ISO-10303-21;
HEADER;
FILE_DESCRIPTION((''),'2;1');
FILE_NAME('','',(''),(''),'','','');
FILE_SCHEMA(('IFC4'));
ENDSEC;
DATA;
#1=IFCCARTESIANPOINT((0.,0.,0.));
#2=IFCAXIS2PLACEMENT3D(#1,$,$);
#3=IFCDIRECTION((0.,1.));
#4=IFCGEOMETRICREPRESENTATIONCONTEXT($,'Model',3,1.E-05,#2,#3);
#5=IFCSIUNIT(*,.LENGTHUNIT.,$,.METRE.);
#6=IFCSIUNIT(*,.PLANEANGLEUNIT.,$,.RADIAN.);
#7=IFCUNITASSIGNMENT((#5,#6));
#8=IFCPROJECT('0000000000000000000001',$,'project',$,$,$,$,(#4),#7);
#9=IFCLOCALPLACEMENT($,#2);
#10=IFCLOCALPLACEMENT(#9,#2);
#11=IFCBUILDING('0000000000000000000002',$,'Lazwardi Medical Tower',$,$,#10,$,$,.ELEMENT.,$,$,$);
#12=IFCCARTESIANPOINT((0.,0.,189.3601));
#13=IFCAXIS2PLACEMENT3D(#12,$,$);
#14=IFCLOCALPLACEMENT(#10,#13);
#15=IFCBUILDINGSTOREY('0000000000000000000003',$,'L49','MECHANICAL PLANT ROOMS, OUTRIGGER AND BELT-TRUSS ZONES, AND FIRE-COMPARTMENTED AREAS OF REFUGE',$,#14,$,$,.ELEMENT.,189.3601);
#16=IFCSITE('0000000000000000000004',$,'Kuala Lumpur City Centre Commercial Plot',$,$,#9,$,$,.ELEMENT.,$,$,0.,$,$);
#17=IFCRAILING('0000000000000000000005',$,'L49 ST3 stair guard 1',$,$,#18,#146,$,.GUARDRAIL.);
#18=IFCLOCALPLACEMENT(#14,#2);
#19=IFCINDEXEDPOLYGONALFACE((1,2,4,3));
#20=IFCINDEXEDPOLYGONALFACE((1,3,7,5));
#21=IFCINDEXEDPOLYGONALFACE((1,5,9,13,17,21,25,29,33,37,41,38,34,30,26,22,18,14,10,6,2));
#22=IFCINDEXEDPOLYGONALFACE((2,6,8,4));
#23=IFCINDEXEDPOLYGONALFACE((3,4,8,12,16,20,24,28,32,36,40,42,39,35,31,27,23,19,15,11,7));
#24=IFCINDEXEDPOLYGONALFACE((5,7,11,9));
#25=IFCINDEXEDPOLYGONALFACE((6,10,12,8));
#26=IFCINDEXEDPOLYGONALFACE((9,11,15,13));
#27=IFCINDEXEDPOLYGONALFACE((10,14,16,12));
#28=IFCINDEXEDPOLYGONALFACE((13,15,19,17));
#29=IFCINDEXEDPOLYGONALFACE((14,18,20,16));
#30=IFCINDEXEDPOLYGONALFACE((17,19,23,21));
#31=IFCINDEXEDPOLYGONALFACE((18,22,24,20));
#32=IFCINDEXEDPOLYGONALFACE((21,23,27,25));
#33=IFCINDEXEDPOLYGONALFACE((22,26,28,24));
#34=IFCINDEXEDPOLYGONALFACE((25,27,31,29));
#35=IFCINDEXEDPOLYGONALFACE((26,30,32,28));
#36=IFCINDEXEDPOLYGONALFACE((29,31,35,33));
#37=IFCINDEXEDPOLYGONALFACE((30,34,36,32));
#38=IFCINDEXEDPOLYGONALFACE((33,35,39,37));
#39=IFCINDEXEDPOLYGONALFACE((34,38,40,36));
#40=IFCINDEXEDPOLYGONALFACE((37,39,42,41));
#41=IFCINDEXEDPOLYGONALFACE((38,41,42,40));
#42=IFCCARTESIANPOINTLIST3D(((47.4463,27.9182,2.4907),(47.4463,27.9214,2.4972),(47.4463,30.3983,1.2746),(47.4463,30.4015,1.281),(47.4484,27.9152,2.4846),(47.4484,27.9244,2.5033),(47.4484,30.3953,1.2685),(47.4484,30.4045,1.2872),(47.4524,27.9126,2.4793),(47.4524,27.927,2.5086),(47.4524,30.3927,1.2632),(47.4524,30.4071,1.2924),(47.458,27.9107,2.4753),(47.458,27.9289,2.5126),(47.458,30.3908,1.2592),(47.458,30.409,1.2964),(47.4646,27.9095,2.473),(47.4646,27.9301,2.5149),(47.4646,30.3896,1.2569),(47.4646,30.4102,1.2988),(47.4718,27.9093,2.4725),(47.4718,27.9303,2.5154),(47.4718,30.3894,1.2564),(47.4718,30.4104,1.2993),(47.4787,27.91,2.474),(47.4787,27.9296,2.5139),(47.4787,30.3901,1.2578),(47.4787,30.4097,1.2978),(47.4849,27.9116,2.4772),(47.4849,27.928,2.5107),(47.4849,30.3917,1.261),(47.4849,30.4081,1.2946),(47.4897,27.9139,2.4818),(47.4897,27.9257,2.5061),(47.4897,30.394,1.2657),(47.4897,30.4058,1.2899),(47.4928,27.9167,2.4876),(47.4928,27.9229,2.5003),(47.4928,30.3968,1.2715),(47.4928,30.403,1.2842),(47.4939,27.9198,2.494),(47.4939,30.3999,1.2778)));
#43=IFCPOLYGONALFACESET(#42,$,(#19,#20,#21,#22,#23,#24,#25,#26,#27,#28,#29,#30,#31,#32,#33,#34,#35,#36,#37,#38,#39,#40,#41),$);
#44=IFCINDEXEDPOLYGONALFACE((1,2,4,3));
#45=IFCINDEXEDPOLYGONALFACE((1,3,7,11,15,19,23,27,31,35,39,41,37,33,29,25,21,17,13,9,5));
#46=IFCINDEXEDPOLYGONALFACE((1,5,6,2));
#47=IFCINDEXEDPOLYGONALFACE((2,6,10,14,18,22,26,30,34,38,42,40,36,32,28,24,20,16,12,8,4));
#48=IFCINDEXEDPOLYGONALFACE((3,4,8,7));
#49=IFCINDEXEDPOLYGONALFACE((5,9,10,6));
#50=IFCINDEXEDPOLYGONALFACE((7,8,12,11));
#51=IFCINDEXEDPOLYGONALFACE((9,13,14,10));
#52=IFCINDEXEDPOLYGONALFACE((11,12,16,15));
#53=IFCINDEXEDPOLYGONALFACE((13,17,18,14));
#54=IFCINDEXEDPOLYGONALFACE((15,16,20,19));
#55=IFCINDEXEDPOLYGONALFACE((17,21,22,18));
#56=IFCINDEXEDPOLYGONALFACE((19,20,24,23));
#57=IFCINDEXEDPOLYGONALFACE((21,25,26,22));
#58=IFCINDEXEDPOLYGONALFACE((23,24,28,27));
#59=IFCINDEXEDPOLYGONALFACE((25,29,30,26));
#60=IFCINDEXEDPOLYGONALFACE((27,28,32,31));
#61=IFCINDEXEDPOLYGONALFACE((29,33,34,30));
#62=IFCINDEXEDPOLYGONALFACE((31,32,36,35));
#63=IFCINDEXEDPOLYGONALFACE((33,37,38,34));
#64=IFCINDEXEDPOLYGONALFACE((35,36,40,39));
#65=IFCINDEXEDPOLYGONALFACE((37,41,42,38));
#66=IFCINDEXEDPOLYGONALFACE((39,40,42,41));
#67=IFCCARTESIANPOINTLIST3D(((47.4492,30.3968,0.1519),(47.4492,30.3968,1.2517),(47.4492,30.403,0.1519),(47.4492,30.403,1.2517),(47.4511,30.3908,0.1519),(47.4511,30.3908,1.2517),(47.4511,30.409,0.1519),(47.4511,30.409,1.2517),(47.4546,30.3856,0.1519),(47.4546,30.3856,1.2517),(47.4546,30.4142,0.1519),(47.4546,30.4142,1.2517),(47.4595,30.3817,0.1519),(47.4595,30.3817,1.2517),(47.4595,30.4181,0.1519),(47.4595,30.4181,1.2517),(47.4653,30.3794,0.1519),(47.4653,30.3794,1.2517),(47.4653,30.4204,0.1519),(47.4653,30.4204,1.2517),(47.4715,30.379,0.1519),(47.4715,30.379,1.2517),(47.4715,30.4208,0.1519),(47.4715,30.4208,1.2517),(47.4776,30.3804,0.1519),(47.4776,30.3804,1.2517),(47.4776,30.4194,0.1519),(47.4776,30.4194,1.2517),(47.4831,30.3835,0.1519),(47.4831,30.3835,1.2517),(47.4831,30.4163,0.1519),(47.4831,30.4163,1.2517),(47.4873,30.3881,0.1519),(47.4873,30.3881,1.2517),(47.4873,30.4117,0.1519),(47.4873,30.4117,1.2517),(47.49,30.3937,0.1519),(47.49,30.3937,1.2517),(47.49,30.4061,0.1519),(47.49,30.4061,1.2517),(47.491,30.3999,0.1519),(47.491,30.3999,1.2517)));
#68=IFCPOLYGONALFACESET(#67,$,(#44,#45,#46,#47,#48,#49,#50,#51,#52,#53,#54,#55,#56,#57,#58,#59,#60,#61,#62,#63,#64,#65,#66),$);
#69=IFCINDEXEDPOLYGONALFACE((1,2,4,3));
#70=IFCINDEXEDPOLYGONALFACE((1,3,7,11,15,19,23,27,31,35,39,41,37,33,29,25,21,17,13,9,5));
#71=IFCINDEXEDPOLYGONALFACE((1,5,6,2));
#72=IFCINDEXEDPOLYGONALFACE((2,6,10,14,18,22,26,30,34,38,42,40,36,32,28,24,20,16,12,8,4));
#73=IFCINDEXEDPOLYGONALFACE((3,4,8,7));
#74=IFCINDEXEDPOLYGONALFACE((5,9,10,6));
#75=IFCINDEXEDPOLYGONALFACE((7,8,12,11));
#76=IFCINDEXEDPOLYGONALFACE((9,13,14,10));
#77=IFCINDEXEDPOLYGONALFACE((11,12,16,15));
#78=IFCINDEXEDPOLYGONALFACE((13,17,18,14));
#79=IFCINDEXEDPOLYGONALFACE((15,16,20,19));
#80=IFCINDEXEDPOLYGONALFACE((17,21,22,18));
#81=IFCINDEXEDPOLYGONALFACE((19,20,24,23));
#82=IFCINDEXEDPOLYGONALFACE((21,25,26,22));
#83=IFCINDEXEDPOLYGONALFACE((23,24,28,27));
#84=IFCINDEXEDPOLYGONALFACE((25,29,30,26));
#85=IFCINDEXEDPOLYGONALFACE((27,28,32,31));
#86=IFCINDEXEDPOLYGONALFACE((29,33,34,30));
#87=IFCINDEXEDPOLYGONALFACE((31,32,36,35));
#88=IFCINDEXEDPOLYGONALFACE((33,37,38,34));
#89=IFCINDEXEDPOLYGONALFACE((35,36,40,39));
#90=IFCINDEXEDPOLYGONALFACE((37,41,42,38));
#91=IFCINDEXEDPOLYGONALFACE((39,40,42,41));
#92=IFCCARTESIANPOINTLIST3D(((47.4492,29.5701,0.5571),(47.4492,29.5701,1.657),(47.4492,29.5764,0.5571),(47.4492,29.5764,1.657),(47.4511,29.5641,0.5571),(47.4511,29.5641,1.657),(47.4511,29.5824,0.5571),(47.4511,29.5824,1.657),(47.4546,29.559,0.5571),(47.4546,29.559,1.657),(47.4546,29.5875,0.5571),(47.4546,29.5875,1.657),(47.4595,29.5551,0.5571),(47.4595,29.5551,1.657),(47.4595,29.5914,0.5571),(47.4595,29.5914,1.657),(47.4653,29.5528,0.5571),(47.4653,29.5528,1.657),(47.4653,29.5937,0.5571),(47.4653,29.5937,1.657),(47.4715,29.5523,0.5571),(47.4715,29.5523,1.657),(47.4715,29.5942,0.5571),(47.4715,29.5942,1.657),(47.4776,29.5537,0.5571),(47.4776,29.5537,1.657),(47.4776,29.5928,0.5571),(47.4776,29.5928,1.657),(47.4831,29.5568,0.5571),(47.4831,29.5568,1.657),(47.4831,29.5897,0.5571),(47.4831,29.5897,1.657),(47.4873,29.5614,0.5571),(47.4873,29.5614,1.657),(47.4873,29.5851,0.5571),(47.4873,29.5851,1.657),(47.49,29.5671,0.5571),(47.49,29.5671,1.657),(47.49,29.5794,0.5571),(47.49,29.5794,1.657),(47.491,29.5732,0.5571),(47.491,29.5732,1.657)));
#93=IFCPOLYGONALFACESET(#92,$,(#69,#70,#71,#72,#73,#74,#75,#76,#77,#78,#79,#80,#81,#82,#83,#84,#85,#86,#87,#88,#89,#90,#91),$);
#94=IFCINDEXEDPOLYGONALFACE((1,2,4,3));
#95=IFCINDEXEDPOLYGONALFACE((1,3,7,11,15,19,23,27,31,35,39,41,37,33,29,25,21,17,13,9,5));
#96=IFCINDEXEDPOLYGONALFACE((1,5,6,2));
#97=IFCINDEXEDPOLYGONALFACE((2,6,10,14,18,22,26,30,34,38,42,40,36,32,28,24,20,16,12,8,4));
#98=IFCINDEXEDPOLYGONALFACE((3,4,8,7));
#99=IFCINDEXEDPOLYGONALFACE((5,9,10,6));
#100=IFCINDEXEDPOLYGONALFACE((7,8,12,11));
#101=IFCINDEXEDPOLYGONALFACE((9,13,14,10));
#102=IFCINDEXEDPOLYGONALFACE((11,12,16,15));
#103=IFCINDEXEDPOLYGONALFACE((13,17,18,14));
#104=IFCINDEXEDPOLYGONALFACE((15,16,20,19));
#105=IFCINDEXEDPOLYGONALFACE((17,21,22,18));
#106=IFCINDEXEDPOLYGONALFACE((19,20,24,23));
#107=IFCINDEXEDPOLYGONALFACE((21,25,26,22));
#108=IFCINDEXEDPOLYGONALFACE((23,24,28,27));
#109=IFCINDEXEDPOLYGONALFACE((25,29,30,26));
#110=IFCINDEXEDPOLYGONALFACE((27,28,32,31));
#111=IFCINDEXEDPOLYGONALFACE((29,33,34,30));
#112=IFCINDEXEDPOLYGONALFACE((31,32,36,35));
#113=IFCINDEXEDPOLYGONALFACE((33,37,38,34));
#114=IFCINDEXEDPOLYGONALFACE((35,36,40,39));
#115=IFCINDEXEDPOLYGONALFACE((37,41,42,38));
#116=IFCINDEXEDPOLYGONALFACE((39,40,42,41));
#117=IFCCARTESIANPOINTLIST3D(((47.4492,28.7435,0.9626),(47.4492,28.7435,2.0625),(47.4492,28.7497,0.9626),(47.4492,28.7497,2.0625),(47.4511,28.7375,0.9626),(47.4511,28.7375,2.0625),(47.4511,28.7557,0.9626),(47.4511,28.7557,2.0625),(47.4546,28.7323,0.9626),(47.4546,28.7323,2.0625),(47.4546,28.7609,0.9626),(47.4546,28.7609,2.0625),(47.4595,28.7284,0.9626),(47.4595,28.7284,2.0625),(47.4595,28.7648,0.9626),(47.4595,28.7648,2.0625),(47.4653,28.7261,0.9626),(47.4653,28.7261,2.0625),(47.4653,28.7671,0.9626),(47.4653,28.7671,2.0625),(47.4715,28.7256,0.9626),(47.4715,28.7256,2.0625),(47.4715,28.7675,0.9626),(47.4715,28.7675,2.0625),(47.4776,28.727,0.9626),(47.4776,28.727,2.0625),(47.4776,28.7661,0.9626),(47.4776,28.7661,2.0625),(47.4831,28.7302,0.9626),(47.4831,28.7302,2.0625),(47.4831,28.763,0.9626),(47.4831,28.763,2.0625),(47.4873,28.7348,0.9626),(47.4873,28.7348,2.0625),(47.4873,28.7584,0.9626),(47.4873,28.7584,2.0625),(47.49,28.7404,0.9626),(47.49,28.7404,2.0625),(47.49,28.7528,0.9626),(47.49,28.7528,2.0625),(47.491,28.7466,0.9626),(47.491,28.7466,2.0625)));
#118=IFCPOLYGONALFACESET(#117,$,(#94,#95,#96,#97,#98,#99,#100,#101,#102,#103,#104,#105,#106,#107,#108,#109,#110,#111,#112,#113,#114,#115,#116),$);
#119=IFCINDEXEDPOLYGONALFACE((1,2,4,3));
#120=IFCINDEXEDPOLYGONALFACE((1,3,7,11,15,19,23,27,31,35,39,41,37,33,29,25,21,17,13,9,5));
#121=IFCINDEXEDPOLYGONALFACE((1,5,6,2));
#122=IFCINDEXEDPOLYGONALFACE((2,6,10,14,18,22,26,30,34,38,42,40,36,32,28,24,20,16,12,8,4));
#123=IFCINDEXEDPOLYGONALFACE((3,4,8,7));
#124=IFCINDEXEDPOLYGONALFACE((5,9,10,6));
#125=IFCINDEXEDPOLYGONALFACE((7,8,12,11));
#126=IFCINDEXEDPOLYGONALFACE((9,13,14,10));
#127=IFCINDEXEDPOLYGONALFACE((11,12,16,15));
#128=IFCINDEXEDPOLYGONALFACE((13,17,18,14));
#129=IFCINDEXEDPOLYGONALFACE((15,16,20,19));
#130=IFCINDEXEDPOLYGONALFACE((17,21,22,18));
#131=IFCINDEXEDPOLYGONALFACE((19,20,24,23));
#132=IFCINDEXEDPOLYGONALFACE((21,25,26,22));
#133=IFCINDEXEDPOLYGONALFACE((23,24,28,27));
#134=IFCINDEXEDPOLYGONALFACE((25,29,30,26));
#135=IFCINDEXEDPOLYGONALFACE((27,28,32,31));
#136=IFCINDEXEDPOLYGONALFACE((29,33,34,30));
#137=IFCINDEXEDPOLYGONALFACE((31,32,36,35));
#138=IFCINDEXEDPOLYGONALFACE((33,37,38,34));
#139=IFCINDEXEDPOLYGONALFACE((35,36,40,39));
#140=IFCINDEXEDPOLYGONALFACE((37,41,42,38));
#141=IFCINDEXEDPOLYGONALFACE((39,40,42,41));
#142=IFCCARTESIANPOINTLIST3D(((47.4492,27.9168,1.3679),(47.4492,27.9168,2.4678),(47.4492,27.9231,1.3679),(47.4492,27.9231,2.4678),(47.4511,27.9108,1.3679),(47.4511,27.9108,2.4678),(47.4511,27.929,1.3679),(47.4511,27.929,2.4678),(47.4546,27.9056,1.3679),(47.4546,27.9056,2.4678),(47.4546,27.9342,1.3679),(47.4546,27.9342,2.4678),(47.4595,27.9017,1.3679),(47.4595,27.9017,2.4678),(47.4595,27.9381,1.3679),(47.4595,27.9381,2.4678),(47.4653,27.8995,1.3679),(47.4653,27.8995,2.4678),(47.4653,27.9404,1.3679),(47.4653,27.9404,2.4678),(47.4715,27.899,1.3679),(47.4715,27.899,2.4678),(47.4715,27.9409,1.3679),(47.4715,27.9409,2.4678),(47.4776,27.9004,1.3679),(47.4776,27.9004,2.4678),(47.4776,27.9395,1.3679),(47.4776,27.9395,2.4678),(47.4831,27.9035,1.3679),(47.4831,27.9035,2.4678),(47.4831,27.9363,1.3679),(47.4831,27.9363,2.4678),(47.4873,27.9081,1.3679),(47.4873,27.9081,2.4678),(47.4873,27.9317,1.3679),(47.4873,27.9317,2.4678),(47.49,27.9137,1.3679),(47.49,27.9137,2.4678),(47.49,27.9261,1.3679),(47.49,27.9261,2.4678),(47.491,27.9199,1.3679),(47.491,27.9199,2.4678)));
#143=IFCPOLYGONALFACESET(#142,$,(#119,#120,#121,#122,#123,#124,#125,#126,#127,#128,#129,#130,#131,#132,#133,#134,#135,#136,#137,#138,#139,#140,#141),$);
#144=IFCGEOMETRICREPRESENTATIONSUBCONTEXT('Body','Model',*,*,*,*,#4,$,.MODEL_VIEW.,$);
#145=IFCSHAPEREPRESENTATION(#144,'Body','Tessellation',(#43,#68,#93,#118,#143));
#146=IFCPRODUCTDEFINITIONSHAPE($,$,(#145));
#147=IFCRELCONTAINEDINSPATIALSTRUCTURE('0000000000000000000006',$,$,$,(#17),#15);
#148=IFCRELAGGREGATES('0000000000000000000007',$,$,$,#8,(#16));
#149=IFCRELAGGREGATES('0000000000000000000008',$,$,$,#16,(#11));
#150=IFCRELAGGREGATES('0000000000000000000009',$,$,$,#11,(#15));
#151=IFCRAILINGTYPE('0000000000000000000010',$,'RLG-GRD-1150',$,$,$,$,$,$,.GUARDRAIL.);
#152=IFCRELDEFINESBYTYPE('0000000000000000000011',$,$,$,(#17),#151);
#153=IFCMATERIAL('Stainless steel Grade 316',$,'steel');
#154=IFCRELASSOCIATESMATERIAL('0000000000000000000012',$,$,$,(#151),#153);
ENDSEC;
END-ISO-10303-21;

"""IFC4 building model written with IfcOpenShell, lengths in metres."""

from ifc_helpers import new_model, si_unit, direction, frame, origin, origin_2d, place, context, subcontext, project, spatial, circle, extrude, material, type_object, element, save


model = new_model("IFC4")

# Units and contexts
model_context = context("Model", 3, precision=1e-05, world=origin(), true_north=direction((0.0, 1.0)))
body_context = subcontext(model_context, "Body", "Model", "MODEL_VIEW")
ifc_project = project(units=[si_unit("LENGTHUNIT", "METRE"), si_unit("PLANEANGLEUNIT", "RADIAN")], contexts=[model_context])

# Site, building, storey
site_placement = place(None, origin())
site = spatial("IfcSite", under=ifc_project, at=site_placement, Name="Kuala Lumpur City Centre Commercial Plot", CompositionType="ELEMENT", RefElevation=0.0)
building_placement = place(site_placement, origin())
building = spatial("IfcBuilding", under=site, at=building_placement, Name="Lazwardi Medical Tower", CompositionType="ELEMENT")
storey_placement = place(building_placement, frame((0.0, 0.0, 189.3601)))
storey = spatial("IfcBuildingStorey", under=building, at=storey_placement, Name="L49", Description="MECHANICAL PLANT ROOMS, OUTRIGGER AND BELT-TRUSS ZONES, AND FIRE-COMPARTMENTED AREAS OF REFUGE", CompositionType="ELEMENT", Elevation=189.3601)

# Railing
ifc_material_1 = material(Name="Stainless steel Grade 316", Category="steel")
railing_type_1 = type_object("IfcRailingType", Name="RLG-GRD-1150", PredefinedType="GUARDRAIL", material=ifc_material_1)
railing_1_placement = place(storey_placement, frame((47.47, 30.3999, 0.1519)))
element("IfcRailing", 1, at=railing_1_placement, inside=storey, type_object=railing_type_1, Name="L49 ST3 stair guard 1", PredefinedType="GUARDRAIL", context=body_context, shape_type="SweptSolid", body=[
    extrude(circle(Radius=0.0239, at=origin_2d()), frame((0.0, 0.0, 1.126), z_axis=(0.0, -0.897865, 0.44027), x_axis=(1.0, 0.0, 0.0)), (0.0, 0.0, 1.0), 2.7622),
    extrude(circle(Radius=0.021, at=origin_2d()), origin(), (0.0, 0.0, 1.0), 1.0999),
    extrude(circle(Radius=0.021, at=origin_2d()), frame((0.0, -0.8267, 0.4053)), (0.0, 0.0, 1.0), 1.0999),
    extrude(circle(Radius=0.021, at=origin_2d()), frame((0.0, -1.6533, 0.8108)), (0.0, 0.0, 1.0), 1.0999),
    extrude(circle(Radius=0.021, at=origin_2d()), frame((0.0, -2.48, 1.2161)), (0.0, 0.0, 1.0), 1.0999),
])

save(model, "model.ifc")
